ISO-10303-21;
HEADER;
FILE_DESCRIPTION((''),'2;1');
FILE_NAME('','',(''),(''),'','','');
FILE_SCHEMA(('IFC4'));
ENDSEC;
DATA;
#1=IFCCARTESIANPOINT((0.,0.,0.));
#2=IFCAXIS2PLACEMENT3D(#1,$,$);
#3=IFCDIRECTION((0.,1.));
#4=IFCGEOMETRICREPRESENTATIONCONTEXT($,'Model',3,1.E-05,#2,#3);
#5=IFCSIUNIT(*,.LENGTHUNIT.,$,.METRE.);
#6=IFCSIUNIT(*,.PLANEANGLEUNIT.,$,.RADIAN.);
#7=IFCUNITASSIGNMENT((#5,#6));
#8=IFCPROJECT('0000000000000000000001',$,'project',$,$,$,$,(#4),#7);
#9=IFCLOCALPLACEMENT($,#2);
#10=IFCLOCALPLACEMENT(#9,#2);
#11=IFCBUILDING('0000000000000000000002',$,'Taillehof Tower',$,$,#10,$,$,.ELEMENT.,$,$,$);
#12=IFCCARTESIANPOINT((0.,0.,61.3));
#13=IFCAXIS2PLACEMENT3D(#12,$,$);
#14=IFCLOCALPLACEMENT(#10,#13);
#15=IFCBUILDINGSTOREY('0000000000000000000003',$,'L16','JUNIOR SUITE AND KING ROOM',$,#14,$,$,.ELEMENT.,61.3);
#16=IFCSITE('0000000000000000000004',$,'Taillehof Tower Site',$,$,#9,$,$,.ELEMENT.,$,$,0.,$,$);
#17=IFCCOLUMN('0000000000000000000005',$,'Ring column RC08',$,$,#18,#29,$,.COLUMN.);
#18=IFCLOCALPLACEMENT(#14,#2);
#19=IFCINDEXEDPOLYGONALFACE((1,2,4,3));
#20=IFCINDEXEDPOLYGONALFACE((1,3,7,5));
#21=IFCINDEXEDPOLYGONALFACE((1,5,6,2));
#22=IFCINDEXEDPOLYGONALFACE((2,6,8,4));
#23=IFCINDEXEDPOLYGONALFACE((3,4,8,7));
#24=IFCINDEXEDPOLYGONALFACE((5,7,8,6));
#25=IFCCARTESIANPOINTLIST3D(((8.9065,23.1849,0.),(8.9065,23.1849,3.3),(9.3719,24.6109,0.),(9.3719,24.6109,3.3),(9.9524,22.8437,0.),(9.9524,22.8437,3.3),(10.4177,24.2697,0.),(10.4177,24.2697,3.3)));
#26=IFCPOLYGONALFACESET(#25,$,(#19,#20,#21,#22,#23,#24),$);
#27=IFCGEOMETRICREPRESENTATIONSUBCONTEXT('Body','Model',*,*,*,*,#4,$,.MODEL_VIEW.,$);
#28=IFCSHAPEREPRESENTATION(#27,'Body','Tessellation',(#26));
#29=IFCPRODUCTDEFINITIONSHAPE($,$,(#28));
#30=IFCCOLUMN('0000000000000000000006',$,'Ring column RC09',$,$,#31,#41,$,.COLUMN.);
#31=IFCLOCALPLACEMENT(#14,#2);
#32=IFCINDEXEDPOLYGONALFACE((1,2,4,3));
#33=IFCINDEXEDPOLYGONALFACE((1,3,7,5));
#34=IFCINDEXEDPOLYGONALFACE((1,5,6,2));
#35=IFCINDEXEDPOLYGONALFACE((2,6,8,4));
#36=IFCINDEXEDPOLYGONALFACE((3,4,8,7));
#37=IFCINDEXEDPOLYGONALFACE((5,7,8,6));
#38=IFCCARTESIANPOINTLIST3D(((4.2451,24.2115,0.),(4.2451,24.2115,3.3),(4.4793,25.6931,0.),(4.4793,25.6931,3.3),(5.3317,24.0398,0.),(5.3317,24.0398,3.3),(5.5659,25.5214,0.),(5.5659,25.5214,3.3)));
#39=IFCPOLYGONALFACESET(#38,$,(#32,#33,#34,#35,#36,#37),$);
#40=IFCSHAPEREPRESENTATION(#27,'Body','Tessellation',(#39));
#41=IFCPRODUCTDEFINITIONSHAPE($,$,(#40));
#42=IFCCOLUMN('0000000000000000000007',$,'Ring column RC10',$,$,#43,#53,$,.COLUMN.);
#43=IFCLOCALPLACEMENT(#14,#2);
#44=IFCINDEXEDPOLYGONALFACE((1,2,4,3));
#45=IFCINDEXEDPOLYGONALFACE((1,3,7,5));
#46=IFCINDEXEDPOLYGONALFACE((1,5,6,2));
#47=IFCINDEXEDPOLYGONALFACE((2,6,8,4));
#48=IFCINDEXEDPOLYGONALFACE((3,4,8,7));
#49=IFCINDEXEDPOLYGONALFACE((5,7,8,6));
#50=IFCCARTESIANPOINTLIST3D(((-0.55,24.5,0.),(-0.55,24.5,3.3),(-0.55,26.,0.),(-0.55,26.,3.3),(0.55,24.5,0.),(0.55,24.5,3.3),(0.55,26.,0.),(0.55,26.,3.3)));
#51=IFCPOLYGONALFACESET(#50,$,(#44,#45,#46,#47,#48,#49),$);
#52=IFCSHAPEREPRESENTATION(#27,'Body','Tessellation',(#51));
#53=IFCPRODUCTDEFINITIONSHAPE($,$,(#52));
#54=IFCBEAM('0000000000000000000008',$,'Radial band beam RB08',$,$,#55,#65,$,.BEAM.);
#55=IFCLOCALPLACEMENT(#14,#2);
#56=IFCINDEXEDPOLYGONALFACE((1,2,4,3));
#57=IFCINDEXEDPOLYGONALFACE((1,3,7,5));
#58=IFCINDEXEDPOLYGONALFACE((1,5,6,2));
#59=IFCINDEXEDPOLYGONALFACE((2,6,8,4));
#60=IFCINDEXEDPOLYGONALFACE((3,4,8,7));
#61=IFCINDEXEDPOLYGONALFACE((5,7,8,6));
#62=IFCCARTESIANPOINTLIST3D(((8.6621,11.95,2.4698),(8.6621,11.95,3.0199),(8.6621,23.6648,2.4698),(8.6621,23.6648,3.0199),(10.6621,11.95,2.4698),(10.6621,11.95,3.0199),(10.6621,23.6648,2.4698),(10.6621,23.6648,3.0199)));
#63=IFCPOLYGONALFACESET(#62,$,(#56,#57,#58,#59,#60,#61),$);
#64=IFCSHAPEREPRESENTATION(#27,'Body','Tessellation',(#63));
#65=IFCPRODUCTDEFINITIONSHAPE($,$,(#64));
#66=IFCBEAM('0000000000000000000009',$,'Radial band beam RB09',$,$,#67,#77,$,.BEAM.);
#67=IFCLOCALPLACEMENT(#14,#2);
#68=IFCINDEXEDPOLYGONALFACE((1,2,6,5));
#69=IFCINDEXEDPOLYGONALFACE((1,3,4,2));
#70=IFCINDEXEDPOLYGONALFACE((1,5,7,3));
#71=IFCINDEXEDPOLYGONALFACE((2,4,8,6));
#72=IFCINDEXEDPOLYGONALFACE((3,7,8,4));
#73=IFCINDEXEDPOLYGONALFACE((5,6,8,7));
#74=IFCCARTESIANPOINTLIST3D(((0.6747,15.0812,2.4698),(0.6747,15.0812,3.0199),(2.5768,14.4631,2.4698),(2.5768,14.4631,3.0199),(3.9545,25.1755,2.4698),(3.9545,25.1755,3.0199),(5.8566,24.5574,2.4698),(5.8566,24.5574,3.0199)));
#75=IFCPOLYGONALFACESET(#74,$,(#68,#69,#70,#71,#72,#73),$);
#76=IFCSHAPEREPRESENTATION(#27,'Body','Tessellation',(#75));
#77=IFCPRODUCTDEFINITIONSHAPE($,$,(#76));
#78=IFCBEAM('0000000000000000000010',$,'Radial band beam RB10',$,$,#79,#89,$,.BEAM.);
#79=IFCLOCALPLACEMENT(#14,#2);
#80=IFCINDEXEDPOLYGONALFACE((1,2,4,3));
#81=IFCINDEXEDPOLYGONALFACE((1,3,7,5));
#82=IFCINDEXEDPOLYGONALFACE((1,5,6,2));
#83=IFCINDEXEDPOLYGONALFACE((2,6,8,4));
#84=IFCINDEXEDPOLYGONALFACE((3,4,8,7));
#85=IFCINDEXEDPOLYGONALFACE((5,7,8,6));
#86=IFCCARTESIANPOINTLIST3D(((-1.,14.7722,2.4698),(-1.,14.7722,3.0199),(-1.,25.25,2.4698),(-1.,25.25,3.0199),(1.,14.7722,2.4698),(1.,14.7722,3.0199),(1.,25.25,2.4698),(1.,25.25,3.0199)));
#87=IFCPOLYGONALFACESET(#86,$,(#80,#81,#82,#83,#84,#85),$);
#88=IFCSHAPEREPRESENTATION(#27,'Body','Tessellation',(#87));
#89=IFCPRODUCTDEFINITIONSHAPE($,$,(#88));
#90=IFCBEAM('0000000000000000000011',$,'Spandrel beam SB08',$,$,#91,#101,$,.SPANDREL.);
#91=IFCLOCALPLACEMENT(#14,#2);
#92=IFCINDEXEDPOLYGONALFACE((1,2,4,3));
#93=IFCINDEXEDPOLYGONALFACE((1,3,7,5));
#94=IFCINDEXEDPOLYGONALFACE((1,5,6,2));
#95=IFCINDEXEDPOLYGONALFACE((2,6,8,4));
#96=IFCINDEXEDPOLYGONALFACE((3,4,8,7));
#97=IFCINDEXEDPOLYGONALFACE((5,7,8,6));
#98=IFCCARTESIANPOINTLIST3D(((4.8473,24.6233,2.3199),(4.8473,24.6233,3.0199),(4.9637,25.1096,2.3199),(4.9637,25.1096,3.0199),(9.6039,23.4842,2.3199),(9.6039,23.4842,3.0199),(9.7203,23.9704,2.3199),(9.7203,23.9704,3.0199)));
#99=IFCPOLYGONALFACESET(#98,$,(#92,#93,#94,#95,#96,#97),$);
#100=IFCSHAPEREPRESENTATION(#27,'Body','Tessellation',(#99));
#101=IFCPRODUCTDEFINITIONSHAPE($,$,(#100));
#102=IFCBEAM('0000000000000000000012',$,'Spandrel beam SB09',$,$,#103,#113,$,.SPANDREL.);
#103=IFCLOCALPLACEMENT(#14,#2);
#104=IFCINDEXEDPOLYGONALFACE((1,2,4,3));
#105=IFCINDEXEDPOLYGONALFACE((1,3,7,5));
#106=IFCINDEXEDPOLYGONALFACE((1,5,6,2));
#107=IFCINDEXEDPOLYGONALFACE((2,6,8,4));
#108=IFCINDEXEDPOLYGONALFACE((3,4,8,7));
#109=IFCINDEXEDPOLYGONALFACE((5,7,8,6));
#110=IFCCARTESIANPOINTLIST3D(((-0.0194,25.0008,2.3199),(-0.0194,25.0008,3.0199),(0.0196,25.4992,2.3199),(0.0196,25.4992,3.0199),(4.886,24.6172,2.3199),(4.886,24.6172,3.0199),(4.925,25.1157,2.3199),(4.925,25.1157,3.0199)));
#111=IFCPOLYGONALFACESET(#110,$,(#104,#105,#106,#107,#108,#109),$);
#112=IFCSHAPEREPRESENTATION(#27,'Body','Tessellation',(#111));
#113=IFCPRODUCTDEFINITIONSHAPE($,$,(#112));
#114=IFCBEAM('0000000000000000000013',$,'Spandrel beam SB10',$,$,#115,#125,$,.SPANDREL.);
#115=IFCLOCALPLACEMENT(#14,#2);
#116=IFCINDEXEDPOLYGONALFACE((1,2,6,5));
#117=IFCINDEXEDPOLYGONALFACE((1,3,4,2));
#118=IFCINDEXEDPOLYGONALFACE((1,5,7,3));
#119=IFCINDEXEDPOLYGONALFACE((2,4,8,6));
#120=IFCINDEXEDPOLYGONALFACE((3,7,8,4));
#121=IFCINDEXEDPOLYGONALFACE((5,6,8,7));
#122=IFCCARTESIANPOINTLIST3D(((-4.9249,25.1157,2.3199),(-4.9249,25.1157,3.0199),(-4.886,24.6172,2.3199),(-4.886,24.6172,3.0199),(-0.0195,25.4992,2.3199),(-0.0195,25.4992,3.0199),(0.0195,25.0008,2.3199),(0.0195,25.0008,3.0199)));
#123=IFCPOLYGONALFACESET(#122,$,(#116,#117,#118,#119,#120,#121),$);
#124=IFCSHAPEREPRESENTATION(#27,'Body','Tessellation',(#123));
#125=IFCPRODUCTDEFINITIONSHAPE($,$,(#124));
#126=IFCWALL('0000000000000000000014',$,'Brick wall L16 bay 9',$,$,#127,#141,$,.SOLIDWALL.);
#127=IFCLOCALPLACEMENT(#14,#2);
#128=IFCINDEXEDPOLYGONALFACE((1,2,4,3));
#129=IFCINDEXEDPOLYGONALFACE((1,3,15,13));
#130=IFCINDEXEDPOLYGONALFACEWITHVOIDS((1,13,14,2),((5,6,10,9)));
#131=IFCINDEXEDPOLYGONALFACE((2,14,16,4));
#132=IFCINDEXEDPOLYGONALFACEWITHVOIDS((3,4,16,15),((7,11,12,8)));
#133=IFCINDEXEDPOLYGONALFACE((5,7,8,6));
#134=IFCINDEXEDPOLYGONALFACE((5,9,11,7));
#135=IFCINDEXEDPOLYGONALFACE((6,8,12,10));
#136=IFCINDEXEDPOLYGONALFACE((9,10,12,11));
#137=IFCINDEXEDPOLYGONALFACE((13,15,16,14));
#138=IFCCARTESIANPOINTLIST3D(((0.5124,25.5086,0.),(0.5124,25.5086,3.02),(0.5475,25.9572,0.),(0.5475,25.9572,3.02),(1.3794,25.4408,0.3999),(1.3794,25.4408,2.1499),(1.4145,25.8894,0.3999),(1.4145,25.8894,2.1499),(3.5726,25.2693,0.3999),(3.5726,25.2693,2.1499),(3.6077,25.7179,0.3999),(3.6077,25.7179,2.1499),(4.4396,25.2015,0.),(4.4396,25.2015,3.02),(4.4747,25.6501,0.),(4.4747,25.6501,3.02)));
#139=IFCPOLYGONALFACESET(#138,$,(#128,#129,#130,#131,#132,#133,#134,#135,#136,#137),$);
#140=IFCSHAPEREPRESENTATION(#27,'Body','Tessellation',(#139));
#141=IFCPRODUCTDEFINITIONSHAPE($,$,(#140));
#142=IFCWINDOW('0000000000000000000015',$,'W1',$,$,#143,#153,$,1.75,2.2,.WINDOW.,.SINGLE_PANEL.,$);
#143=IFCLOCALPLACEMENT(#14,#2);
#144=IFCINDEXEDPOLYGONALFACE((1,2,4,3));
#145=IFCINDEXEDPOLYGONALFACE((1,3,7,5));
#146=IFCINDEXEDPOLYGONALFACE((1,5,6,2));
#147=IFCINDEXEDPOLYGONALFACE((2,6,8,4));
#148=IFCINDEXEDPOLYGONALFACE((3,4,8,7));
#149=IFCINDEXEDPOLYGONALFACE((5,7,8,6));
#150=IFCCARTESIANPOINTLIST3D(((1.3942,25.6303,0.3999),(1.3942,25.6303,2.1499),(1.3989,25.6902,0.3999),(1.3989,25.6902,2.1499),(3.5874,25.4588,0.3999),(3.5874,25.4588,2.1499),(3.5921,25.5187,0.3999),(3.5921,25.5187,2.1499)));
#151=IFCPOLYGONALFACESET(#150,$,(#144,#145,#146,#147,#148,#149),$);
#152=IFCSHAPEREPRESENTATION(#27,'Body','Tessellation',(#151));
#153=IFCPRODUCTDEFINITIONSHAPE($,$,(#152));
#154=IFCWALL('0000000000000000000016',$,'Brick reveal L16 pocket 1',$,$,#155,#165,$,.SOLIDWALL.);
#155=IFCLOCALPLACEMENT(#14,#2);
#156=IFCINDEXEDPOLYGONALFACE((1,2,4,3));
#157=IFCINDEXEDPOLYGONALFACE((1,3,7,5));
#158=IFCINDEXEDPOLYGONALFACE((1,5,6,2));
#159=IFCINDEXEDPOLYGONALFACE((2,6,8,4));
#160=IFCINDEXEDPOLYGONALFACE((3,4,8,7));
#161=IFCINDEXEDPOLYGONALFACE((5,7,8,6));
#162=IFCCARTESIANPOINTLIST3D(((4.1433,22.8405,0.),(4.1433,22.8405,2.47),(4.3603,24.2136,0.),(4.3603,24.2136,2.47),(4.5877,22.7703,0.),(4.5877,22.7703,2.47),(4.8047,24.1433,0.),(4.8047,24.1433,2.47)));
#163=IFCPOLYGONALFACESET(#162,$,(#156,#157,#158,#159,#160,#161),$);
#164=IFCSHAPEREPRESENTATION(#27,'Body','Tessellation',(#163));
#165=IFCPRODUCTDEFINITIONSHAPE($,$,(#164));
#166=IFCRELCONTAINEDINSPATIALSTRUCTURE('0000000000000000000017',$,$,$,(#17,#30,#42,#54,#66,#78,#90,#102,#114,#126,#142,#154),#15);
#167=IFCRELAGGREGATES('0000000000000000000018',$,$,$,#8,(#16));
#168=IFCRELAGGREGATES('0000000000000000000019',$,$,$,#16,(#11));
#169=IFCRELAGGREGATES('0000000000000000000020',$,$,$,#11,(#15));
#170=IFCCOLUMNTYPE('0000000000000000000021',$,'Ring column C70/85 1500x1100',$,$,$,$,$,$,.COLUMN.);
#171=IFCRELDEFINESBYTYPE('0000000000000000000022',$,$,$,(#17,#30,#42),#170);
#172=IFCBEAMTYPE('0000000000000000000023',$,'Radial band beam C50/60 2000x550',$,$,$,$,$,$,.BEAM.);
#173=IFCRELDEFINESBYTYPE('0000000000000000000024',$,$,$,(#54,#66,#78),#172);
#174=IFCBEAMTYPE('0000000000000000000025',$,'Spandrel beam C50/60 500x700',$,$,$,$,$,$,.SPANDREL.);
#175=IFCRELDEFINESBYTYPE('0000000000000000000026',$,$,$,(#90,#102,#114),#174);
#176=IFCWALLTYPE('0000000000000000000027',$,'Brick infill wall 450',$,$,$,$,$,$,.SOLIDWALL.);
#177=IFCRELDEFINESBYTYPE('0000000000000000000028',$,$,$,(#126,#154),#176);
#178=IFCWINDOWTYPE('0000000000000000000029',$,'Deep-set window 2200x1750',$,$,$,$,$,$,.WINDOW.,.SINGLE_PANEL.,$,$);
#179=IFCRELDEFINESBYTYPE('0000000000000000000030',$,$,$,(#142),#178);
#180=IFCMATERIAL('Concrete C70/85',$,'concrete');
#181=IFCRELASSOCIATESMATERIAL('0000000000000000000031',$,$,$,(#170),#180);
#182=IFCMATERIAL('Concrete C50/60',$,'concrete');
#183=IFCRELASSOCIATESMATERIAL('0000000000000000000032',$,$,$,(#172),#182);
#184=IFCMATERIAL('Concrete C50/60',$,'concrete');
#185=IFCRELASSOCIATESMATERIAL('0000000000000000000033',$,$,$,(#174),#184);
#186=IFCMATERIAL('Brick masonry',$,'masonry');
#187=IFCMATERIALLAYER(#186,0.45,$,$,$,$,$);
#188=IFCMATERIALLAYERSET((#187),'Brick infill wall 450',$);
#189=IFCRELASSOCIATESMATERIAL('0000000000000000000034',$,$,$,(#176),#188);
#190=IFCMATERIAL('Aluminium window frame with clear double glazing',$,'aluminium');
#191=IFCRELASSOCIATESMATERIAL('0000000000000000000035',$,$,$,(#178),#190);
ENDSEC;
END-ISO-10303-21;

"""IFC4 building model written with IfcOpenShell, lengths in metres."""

from ifc_helpers import new_model, si_unit, direction, frame, frame_2d, origin, origin_2d, place, context, subcontext, project, spatial, rectangle, extrude, material, layer, layer_set, material_profile, profile_set, type_object, element, fill, save


model = new_model("IFC4")

# Units and contexts
model_context = context("Model", 3, precision=1e-05, world=origin(), true_north=direction((0.0, 1.0)))
body_context = subcontext(model_context, "Body", "Model", "MODEL_VIEW")
ifc_project = project(units=[si_unit("LENGTHUNIT", "METRE"), si_unit("PLANEANGLEUNIT", "RADIAN")], contexts=[model_context])

# Site, building, storey
site_placement = place(None, origin())
site = spatial("IfcSite", under=ifc_project, at=site_placement, Name="Taillehof Tower Site", CompositionType="ELEMENT", RefElevation=0.0)
building_placement = place(site_placement, origin())
building = spatial("IfcBuilding", under=site, at=building_placement, Name="Taillehof Tower", CompositionType="ELEMENT")
storey_placement = place(building_placement, frame((0.0, 0.0, 61.3)))
storey = spatial("IfcBuildingStorey", under=building, at=storey_placement, Name="L16", Description="JUNIOR SUITE AND KING ROOM", CompositionType="ELEMENT", Elevation=61.3)

# Columns
ifc_material_1 = material(Name="Concrete C70/85", Category="concrete")
ifc_material_profile_1 = material_profile(ifc_material_1, rectangle(XDim=1.5, YDim=1.1001, at=origin_2d()), Name="RC 1500x1100")
ifc_profile_set_1 = profile_set([ifc_material_profile_1], Name="Concrete C70/85")
column_type = type_object("IfcColumnType", Name="Ring column C70/85 1500x1100", PredefinedType="COLUMN", material=ifc_profile_set_1)
for number, where, z_axis, x_axis, name in (
    (1, (9.6621, 23.7273, 0.0), (0.0, 0.0, 1.0), (0.310219, 0.950665, 0.0), "Ring column RC08"),
    (2, (4.9055, 24.8665, 0.0), (0.0, 0.0, 1.0), (0.156147, 0.987734, 0.0), "Ring column RC09"),
    (3, (0.0, 25.25, 0.0), (0.0, 0.0, 1.0), (0.0, 1.0, 0.0), "Ring column RC10"),
):
    element("IfcColumn", number, at=place(storey_placement, frame(where, z_axis=z_axis, x_axis=x_axis)), inside=storey, type_object=column_type, Name=name, PredefinedType="COLUMN", context=body_context, shape_type="SweptSolid", body=[
        extrude(rectangle(XDim=1.5, YDim=1.1001, at=origin_2d()), origin(), (0.0, 0.0, 1.0), 3.3),
    ])

# Beams
ifc_material_2 = material(Name="Concrete C50/60", Category="concrete")
ifc_material_profile_2 = material_profile(ifc_material_2, rectangle(XDim=2.0, YDim=0.55, at=origin_2d()), Name="RC 2000x550")
ifc_profile_set_2 = profile_set([ifc_material_profile_2], Name="Concrete C50/60")
beam_type_1 = type_object("IfcBeamType", Name="Radial band beam C50/60 2000x550", PredefinedType="BEAM", material=ifc_profile_set_2)
beam_1_placement = place(storey_placement, frame((9.6621, 23.6648, 2.7449), z_axis=(0.0, -1.0, 0.0), x_axis=(1.0, 0.0, 0.0)))
element("IfcBeam", 4, at=beam_1_placement, inside=storey, type_object=beam_type_1, Name="Radial band beam RB08", PredefinedType="BEAM", context=body_context, shape_type="SweptSolid", body=[
    extrude(rectangle(XDim=2.0, YDim=0.55, at=origin_2d()), origin(), (0.0, 0.0, 1.0), 11.7148),
])
beam_2_placement = place(storey_placement, frame((4.9055, 24.8665, 2.7449), z_axis=(-0.309014, -0.951057, 0.0), x_axis=(0.951057, -0.309014, 0.0)))
element("IfcBeam", 5, at=beam_2_placement, inside=storey, type_object=beam_type_1, Name="Radial band beam RB09", PredefinedType="BEAM", context=body_context, shape_type="SweptSolid", body=[
    extrude(rectangle(XDim=2.0, YDim=0.55, at=origin_2d()), origin(), (0.0, 0.0, 1.0), 10.6138),
])
beam_3_placement = place(storey_placement, frame((0.0, 25.25, 2.7449), z_axis=(0.0, -1.0, 0.0), x_axis=(1.0, 0.0, 0.0)))
element("IfcBeam", 6, at=beam_3_placement, inside=storey, type_object=beam_type_1, Name="Radial band beam RB10", PredefinedType="BEAM", context=body_context, shape_type="SweptSolid", body=[
    extrude(rectangle(XDim=2.0, YDim=0.55, at=origin_2d()), origin(), (0.0, 0.0, 1.0), 10.4778),
])
ifc_material_3 = material(Name="Concrete C50/60", Category="concrete")
ifc_material_profile_3 = material_profile(ifc_material_3, rectangle(XDim=0.5, YDim=0.7, at=origin_2d()), Name="RC 500x700")
ifc_profile_set_3 = profile_set([ifc_material_profile_3], Name="Concrete C50/60")
beam_type_2 = type_object("IfcBeamType", Name="Spandrel beam C50/60 500x700", PredefinedType="SPANDREL", material=ifc_profile_set_3)
beam_4_placement = place(storey_placement, frame((9.6621, 23.7273, 2.6699), z_axis=(-0.9725, 0.232905, 0.0), x_axis=(-0.232905, -0.9725, 0.0)))
element("IfcBeam", 7, at=beam_4_placement, inside=storey, type_object=beam_type_2, Name="Spandrel beam SB08", PredefinedType="SPANDREL", context=body_context, shape_type="SweptSolid", body=[
    extrude(rectangle(XDim=0.5, YDim=0.7, at=origin_2d()), origin(), (0.0, 0.0, 1.0), 4.8911),
])
for number, where, z_axis, x_axis, name in (
    (8, (4.9055, 24.8665, 2.6699), (-0.996957, 0.077949, 0.0), (-0.077949, -0.996957, 0.0), "Spandrel beam SB09"),
    (9, (0.0, 25.25, 2.6699), (-0.996957, -0.077949, 0.0), (0.077949, -0.996957, 0.0), "Spandrel beam SB10"),
):
    element("IfcBeam", number, at=place(storey_placement, frame(where, z_axis=z_axis, x_axis=x_axis)), inside=storey, type_object=beam_type_2, Name=name, PredefinedType="SPANDREL", context=body_context, shape_type="SweptSolid", body=[
        extrude(rectangle(XDim=0.5, YDim=0.7, at=origin_2d()), origin(), (0.0, 0.0, 1.0), 4.9204),
    ])

# Wall, opening, window
ifc_material_4 = material(Name="Brick masonry", Category="masonry")
ifc_layer_1 = layer(ifc_material_4, 0.45)
ifc_layer_set_1 = layer_set([ifc_layer_1], Name="Brick infill wall 450")
wall_type_1 = type_object("IfcWallType", Name="Brick infill wall 450", PredefinedType="SOLIDWALL", material=ifc_layer_set_1)
wall_1_placement = place(storey_placement, frame((4.4573, 25.4258, 0.0), z_axis=(0.0, 0.0, 1.0), x_axis=(-0.996956, 0.077967, 0.0)))
wall_1 = element("IfcWall", 10, at=wall_1_placement, inside=storey, type_object=wall_type_1, Name="Brick wall L16 bay 9", PredefinedType="SOLIDWALL", context=body_context, shape_type="SweptSolid", body=[
    extrude(rectangle(XDim=3.9392, YDim=0.45, at=frame_2d((1.9697, 0.0))), origin(), (0.0, 0.0, 1.0), 3.02),
])
opening_1_placement = place(wall_1_placement, frame((0.8696, 0.0, 0.3999)))
opening_1 = element("IfcOpeningElement", 11, at=opening_1_placement, cuts=wall_1, PredefinedType="OPENING", context=body_context, shape_type="SweptSolid", body=[
    extrude(rectangle(XDim=2.2, YDim=1.75, at=frame_2d((1.1001, 0.875))), frame((0.0, 0.2349, 0.0), z_axis=(0.0, -1.0, 0.0), x_axis=(1.0, 0.0, 0.0)), (0.0, 0.0, 1.0), 0.47),
])
ifc_material_5 = material(Name="Aluminium window frame with clear double glazing", Category="aluminium")
window_type_1 = type_object("IfcWindowType", Name="Deep-set window 2200x1750", PartitioningType="SINGLE_PANEL", PredefinedType="WINDOW", material=ifc_material_5)
window_1_placement = place(opening_1_placement, origin())
window_1 = element("IfcWindow", 12, at=window_1_placement, inside=storey, type_object=window_type_1, Name="W1", OverallHeight=1.75, OverallWidth=2.2, PartitioningType="SINGLE_PANEL", PredefinedType="WINDOW", context=body_context, shape_type="SweptSolid", body=[
    extrude(rectangle(XDim=2.2, YDim=1.75, at=frame_2d((1.1001, 0.875))), frame((0.0, 0.0349, 0.0), z_axis=(0.0, -1.0, 0.0), x_axis=(1.0, 0.0, 0.0)), (0.0, 0.0, 1.0), 0.0601),
])
fill(opening_1, window_1)

# Wall
wall_2_placement = place(storey_placement, frame((4.5825, 24.1785, 0.0), z_axis=(0.0, 0.0, 1.0), x_axis=(-0.156134, -0.987736, 0.0)))
element("IfcWall", 13, at=wall_2_placement, inside=storey, type_object=wall_type_1, Name="Brick reveal L16 pocket 1", PredefinedType="SOLIDWALL", context=body_context, shape_type="SweptSolid", body=[
    extrude(rectangle(XDim=1.3901, YDim=0.45, at=frame_2d((0.6951, 0.0))), origin(), (0.0, 0.0, 1.0), 2.47),
])

save(model, "model.ifc")
